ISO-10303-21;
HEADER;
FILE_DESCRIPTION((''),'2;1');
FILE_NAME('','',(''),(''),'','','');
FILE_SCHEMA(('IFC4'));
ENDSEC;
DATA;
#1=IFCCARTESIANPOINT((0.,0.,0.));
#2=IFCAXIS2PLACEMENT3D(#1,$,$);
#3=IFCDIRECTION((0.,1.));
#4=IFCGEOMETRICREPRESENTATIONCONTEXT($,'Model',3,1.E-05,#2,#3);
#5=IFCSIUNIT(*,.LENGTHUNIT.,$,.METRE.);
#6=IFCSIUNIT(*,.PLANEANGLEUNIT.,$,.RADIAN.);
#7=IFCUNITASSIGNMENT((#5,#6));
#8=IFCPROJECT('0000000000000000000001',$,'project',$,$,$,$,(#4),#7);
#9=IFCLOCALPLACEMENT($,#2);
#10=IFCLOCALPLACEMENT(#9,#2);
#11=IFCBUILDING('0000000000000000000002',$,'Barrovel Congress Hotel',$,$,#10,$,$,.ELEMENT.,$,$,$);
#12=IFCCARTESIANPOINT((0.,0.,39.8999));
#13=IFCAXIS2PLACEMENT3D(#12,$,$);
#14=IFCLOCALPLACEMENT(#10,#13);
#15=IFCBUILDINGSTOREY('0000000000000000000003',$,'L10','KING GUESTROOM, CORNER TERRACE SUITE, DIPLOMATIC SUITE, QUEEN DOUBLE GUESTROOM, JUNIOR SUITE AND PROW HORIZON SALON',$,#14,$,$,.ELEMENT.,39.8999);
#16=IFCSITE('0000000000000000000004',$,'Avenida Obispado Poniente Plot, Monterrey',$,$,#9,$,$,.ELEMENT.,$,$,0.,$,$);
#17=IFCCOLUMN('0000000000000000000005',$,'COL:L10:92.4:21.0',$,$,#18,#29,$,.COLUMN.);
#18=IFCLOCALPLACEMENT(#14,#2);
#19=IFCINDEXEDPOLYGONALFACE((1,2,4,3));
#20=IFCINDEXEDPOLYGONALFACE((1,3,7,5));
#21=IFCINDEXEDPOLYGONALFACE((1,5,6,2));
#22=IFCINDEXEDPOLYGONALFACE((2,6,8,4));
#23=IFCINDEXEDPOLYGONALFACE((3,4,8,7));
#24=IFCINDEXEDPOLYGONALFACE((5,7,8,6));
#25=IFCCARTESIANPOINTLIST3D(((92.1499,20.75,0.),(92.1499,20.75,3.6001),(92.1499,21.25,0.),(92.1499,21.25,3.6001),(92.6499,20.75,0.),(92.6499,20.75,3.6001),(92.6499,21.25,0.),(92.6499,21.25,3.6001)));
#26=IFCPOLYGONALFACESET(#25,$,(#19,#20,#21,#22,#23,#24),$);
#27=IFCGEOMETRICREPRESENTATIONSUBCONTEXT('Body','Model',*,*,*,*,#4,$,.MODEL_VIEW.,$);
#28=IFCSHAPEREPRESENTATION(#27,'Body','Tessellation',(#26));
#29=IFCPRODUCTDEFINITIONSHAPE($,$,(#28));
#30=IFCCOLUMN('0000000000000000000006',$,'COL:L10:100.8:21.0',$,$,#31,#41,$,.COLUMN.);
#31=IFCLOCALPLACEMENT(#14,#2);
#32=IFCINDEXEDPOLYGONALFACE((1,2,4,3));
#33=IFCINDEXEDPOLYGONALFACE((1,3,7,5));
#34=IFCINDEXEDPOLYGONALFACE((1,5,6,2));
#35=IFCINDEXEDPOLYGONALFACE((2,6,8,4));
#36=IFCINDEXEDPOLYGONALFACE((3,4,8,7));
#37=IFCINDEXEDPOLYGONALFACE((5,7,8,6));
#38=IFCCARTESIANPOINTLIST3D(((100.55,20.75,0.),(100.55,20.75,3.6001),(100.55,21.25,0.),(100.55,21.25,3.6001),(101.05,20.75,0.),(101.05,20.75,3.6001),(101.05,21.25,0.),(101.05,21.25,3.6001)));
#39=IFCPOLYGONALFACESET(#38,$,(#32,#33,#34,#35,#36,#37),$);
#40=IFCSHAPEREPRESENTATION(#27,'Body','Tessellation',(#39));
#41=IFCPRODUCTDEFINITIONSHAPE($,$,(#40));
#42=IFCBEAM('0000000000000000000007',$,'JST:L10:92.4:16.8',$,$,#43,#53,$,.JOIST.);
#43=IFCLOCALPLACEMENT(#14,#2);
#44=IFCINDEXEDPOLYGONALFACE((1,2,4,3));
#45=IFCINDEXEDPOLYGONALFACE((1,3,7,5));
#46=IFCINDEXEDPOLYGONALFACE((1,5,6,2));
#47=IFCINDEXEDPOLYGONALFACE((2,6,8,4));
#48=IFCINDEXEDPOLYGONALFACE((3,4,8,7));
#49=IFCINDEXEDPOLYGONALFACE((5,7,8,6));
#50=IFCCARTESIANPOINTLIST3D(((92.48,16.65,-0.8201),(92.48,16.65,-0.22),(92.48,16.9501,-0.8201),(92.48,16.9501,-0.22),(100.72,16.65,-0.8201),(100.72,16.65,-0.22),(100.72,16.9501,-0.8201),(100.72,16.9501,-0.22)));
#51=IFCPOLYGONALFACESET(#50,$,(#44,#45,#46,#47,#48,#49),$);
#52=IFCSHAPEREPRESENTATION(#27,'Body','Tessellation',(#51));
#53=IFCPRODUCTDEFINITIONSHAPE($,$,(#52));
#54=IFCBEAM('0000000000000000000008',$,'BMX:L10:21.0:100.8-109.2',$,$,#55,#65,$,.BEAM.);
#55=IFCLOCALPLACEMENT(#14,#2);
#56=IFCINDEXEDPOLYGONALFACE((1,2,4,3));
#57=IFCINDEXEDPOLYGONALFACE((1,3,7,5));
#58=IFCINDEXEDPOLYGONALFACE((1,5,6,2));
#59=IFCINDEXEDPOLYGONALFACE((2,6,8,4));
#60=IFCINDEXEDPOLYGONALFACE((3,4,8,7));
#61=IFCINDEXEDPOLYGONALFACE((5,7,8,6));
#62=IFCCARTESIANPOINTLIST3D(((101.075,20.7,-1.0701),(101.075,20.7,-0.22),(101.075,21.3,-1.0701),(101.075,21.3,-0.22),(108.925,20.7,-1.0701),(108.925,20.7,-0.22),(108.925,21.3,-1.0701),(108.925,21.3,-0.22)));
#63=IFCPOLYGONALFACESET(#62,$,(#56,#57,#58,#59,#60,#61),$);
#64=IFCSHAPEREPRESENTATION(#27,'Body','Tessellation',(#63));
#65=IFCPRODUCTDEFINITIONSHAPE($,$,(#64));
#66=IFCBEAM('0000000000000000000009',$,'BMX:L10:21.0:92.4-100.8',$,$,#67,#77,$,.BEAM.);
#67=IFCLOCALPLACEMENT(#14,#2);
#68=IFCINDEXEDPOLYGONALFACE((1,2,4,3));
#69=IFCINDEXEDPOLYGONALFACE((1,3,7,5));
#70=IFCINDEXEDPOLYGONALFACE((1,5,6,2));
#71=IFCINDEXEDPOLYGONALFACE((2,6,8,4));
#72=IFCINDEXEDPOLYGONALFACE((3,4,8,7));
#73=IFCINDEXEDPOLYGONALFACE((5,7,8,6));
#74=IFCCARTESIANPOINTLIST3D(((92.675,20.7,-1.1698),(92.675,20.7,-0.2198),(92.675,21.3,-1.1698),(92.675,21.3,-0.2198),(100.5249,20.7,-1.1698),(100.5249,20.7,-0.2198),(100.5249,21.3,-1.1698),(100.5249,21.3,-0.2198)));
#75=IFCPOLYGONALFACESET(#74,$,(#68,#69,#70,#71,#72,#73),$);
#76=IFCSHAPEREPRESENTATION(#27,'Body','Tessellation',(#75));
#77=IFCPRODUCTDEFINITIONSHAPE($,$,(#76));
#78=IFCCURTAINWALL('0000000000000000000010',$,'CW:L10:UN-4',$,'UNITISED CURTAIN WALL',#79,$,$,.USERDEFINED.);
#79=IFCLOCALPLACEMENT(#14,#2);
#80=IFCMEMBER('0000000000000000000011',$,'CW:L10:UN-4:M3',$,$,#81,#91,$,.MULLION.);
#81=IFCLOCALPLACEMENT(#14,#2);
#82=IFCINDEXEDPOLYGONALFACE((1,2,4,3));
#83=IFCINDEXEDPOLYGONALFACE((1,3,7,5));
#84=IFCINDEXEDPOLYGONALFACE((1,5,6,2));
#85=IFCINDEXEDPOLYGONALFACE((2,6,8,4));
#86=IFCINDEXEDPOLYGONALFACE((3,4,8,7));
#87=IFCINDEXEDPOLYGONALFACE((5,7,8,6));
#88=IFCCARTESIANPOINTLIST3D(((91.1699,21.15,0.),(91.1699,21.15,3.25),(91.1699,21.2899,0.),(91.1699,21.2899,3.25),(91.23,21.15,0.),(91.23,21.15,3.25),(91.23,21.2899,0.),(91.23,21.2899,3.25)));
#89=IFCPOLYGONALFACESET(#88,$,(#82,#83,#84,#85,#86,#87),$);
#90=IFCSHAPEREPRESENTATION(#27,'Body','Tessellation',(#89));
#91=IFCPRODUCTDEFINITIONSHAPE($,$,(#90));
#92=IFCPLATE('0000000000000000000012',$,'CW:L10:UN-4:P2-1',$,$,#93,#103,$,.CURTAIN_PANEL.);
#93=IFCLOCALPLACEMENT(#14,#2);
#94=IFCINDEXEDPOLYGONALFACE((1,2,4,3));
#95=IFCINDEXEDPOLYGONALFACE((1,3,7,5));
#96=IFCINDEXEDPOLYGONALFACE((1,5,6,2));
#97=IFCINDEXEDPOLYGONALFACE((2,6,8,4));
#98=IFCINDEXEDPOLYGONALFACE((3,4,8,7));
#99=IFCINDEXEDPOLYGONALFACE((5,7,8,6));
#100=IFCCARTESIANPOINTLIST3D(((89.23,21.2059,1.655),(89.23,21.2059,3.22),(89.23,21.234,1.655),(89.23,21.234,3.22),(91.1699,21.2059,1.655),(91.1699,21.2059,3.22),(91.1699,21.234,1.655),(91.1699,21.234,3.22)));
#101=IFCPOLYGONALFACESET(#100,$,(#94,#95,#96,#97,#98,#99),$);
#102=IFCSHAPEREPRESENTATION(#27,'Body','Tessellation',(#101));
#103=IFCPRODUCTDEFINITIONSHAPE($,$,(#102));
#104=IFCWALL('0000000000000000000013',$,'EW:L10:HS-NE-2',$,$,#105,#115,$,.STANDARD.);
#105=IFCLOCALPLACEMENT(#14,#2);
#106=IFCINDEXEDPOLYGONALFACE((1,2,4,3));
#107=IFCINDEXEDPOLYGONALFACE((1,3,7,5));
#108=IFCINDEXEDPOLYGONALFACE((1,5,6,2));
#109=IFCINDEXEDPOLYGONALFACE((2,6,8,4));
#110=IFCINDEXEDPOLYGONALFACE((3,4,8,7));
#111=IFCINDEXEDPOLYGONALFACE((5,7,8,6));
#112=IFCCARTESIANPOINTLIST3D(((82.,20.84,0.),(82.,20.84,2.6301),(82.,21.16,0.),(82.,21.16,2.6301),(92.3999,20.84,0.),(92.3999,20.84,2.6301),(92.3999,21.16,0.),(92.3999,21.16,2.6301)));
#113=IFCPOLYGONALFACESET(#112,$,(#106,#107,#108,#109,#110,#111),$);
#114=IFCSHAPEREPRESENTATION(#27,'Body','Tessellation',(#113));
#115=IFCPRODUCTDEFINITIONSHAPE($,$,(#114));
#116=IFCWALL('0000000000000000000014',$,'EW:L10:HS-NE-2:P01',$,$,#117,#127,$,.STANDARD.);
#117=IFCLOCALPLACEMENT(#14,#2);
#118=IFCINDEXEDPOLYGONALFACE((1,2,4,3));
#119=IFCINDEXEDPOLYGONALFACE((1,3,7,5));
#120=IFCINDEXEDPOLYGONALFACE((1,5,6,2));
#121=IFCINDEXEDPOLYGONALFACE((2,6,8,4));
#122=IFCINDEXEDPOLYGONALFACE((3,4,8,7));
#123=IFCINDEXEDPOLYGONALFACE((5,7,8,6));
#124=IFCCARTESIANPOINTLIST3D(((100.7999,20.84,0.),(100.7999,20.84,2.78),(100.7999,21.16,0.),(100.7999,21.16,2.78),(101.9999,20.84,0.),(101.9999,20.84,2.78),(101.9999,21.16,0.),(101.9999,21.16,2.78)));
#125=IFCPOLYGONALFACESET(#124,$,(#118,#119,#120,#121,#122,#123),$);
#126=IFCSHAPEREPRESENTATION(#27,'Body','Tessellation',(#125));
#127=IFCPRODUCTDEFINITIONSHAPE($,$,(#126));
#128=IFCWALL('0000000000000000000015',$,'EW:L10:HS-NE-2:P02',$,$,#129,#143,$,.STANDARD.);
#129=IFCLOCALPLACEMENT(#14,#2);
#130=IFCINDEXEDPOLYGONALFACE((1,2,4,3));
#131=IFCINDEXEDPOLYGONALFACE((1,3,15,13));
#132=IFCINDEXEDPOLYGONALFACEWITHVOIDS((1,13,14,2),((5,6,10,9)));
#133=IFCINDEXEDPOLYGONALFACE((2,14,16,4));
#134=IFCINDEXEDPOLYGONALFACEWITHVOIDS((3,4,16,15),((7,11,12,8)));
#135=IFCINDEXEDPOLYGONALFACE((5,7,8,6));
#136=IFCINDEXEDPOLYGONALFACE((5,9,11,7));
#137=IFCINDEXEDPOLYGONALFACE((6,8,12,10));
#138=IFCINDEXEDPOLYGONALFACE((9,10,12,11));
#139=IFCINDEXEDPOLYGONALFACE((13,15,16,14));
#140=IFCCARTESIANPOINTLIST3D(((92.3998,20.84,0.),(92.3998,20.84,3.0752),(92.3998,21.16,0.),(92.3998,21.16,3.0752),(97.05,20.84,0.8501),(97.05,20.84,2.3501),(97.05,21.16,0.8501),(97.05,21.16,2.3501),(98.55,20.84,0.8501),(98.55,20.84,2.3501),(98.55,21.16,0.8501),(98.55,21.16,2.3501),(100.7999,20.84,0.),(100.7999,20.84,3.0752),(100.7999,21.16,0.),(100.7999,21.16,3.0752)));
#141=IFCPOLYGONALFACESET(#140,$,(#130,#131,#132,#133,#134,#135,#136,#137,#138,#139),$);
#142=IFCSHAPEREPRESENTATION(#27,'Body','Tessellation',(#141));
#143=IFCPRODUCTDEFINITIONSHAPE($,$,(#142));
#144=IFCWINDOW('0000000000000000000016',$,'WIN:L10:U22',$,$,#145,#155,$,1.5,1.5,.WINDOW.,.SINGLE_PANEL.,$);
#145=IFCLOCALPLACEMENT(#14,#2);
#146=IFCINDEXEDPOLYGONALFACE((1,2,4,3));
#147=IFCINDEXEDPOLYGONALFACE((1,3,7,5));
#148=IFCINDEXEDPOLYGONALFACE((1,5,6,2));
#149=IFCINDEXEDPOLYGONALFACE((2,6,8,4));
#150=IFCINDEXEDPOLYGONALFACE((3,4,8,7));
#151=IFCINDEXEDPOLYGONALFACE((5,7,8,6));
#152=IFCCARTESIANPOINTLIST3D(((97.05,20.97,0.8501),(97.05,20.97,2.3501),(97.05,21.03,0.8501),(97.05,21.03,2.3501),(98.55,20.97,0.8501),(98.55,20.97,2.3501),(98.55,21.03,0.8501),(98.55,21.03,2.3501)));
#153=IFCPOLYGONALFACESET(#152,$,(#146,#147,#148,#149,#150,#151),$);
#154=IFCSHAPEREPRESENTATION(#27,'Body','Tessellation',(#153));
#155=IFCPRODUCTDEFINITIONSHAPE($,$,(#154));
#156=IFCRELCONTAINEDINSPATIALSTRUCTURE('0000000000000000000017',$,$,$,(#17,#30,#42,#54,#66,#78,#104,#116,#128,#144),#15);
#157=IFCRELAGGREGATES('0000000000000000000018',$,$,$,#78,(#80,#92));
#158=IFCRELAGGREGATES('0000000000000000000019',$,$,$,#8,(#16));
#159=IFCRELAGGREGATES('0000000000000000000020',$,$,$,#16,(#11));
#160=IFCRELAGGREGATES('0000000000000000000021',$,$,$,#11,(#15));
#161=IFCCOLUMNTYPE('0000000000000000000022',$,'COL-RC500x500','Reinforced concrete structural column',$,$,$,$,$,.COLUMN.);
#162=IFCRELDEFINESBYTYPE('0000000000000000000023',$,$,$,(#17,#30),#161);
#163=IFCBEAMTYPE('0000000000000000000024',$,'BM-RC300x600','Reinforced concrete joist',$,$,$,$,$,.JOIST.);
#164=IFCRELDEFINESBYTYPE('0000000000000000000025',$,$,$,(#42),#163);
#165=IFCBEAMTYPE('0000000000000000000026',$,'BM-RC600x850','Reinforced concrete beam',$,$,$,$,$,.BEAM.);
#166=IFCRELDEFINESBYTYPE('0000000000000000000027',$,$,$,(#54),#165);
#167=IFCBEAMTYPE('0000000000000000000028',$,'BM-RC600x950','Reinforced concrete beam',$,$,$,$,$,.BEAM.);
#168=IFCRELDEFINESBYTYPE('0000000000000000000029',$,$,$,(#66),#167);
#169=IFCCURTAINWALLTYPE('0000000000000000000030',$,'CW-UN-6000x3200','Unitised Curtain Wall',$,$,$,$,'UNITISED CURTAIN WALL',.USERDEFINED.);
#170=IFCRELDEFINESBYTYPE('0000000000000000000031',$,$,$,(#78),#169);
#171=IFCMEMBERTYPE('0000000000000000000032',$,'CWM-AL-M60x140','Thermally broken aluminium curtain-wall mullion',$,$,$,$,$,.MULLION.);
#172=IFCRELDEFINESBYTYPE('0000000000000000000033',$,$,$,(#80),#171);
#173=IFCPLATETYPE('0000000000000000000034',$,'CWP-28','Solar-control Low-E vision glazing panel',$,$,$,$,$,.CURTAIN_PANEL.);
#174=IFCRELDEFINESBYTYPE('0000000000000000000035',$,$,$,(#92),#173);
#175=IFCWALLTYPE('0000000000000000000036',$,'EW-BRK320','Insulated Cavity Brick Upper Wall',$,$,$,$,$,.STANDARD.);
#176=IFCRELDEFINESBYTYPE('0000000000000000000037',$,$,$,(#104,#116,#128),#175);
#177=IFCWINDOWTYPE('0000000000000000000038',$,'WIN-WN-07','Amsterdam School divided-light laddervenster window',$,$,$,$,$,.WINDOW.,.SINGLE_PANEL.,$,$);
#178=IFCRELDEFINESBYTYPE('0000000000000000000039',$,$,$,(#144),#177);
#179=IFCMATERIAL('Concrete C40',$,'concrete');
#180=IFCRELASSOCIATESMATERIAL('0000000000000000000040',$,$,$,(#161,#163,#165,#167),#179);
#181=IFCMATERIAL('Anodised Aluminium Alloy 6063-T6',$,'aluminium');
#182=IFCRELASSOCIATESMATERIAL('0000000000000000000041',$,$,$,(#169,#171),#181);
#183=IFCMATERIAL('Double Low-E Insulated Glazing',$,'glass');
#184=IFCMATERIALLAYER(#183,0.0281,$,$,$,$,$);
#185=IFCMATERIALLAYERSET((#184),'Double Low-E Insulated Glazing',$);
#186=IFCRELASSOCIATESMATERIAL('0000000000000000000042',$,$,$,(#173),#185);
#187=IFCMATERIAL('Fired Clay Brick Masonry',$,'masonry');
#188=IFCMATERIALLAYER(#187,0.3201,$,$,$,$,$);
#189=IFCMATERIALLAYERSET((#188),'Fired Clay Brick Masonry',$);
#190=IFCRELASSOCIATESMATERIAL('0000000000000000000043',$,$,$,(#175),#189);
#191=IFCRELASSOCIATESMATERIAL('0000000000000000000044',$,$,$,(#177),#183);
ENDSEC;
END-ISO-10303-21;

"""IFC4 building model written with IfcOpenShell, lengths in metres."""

from ifc_helpers import new_model, si_unit, direction, frame, frame_2d, origin, origin_2d, place, context, subcontext, project, spatial, rectangle, extrude, material, layer, layer_set, material_profile, profile_set, type_object, element, fill, aggregate, save


model = new_model("IFC4")

# Units and contexts
model_context = context("Model", 3, precision=1e-05, world=origin(), true_north=direction((0.0, 1.0)))
body_context = subcontext(model_context, "Body", "Model", "MODEL_VIEW")
ifc_project = project(units=[si_unit("LENGTHUNIT", "METRE"), si_unit("PLANEANGLEUNIT", "RADIAN")], contexts=[model_context])

# Site, building, storey
site_placement = place(None, origin())
site = spatial("IfcSite", under=ifc_project, at=site_placement, Name="Avenida Obispado Poniente Plot, Monterrey", CompositionType="ELEMENT", RefElevation=0.0)
building_placement = place(site_placement, origin())
building = spatial("IfcBuilding", under=site, at=building_placement, Name="Barrovel Congress Hotel", CompositionType="ELEMENT")
storey_placement = place(building_placement, frame((0.0, 0.0, 39.8999)))
storey = spatial("IfcBuildingStorey", under=building, at=storey_placement, Name="L10", Description="KING GUESTROOM, CORNER TERRACE SUITE, DIPLOMATIC SUITE, QUEEN DOUBLE GUESTROOM, JUNIOR SUITE AND PROW HORIZON SALON", CompositionType="ELEMENT", Elevation=39.8999)

# Columns
ifc_material_1 = material(Name="Concrete C40", Category="concrete")
ifc_material_profile_1 = material_profile(ifc_material_1, rectangle(XDim=0.5, YDim=0.5, at=origin_2d()), Name="RC500x500")
ifc_profile_set_1 = profile_set([ifc_material_profile_1], Name="Concrete C40")
column_type = type_object("IfcColumnType", Name="COL-RC500x500", Description="Reinforced concrete structural column", PredefinedType="COLUMN", material=ifc_profile_set_1)
for number, where, z_axis, x_axis, name in (
    (1, (92.3999, 21.0, 0.0), (0.0, 0.0, 1.0), (1.0, 0.0, 0.0), "COL:L10:92.4:21.0"),
    (2, (100.8, 21.0, 0.0), (0.0, 0.0, 1.0), (1.0, 0.0, 0.0), "COL:L10:100.8:21.0"),
):
    element("IfcColumn", number, at=place(storey_placement, frame(where, z_axis=z_axis, x_axis=x_axis)), inside=storey, type_object=column_type, Name=name, PredefinedType="COLUMN", context=body_context, shape_type="SweptSolid", body=[
        extrude(rectangle(XDim=0.5, YDim=0.5, at=origin_2d()), origin(), (0.0, 0.0, 1.0), 3.6001),
    ])

# Beams
ifc_material_profile_2 = material_profile(ifc_material_1, rectangle(XDim=0.3, YDim=0.6001, at=origin_2d()), Name="RC300x600")
ifc_profile_set_2 = profile_set([ifc_material_profile_2], Name="Concrete C40")
beam_type_1 = type_object("IfcBeamType", Name="BM-RC300x600", Description="Reinforced concrete joist", PredefinedType="JOIST", material=ifc_profile_set_2)
beam_1_placement = place(storey_placement, frame((92.48, 16.8, -0.52), z_axis=(1.0, 0.0, 0.0), x_axis=(0.0, 1.0, 0.0)))
element("IfcBeam", 3, at=beam_1_placement, inside=storey, type_object=beam_type_1, Name="JST:L10:92.4:16.8", PredefinedType="JOIST", context=body_context, shape_type="SweptSolid", body=[
    extrude(rectangle(XDim=0.3, YDim=0.6001, at=origin_2d()), origin(), (0.0, 0.0, 1.0), 8.24),
])
ifc_material_profile_3 = material_profile(ifc_material_1, rectangle(XDim=0.6001, YDim=0.8501, at=origin_2d()), Name="RC600x850")
ifc_profile_set_3 = profile_set([ifc_material_profile_3], Name="Concrete C40")
beam_type_2 = type_object("IfcBeamType", Name="BM-RC600x850", Description="Reinforced concrete beam", PredefinedType="BEAM", material=ifc_profile_set_3)
beam_2_placement = place(storey_placement, frame((101.075, 21.0, -0.645), z_axis=(1.0, 0.0, 0.0), x_axis=(0.0, 1.0, 0.0)))
element("IfcBeam", 4, at=beam_2_placement, inside=storey, type_object=beam_type_2, Name="BMX:L10:21.0:100.8-109.2", PredefinedType="BEAM", context=body_context, shape_type="SweptSolid", body=[
    extrude(rectangle(XDim=0.6001, YDim=0.8501, at=origin_2d()), origin(), (0.0, 0.0, 1.0), 7.8501),
])
ifc_material_profile_4 = material_profile(ifc_material_1, rectangle(XDim=0.6001, YDim=0.95, at=origin_2d()), Name="RC600x950")
ifc_profile_set_4 = profile_set([ifc_material_profile_4], Name="Concrete C40")
beam_type_3 = type_object("IfcBeamType", Name="BM-RC600x950", Description="Reinforced concrete beam", PredefinedType="BEAM", material=ifc_profile_set_4)
beam_3_placement = place(storey_placement, frame((92.675, 21.0, -0.6948), z_axis=(1.0, 0.0, 0.0), x_axis=(0.0, 1.0, 0.0)))
element("IfcBeam", 5, at=beam_3_placement, inside=storey, type_object=beam_type_3, Name="BMX:L10:21.0:92.4-100.8", PredefinedType="BEAM", context=body_context, shape_type="SweptSolid", body=[
    extrude(rectangle(XDim=0.6001, YDim=0.95, at=origin_2d()), origin(), (0.0, 0.0, 1.0), 7.8499),
])

# Curtain wall, member, plate
ifc_material_2 = material(Name="Anodised Aluminium Alloy 6063-T6", Category="aluminium")
curtain_wall_type = type_object("IfcCurtainWallType", Name="CW-UN-6000x3200", Description="Unitised Curtain Wall", ElementType="UNITISED CURTAIN WALL", PredefinedType="USERDEFINED", material=ifc_material_2)
curtain_wall_placement = place(storey_placement, origin())
curtain_wall = element("IfcCurtainWall", 6, at=curtain_wall_placement, inside=storey, type_object=curtain_wall_type, Name="CW:L10:UN-4", ObjectType="UNITISED CURTAIN WALL", PredefinedType="USERDEFINED")
ifc_material_profile_5 = material_profile(ifc_material_2, rectangle(XDim=0.0601, YDim=0.1399, at=origin_2d()), Name="AL-M60x140")
ifc_profile_set_5 = profile_set([ifc_material_profile_5], Name="Anodised Aluminium Alloy 6063-T6")
member_type = type_object("IfcMemberType", Name="CWM-AL-M60x140", Description="Thermally broken aluminium curtain-wall mullion", PredefinedType="MULLION", material=ifc_profile_set_5)
member_placement = place(storey_placement, frame((91.2, 21.22, 0.0), z_axis=(0.0, 0.0, 1.0), x_axis=(1.0, 0.0, 0.0)))
member = element("IfcMember", 7, at=member_placement, type_object=member_type, Name="CW:L10:UN-4:M3", PredefinedType="MULLION", context=body_context, shape_type="SweptSolid", body=[
    extrude(rectangle(XDim=0.0601, YDim=0.1399, at=origin_2d()), origin(), (0.0, 0.0, 1.0), 3.25),
])
ifc_material_3 = material(Name="Double Low-E Insulated Glazing", Category="glass")
ifc_layer_1 = layer(ifc_material_3, 0.0281)
ifc_layer_set_1 = layer_set([ifc_layer_1], Name="Double Low-E Insulated Glazing")
plate_type = type_object("IfcPlateType", Name="CWP-28", Description="Solar-control Low-E vision glazing panel", PredefinedType="CURTAIN_PANEL", material=ifc_layer_set_1)
plate_placement = place(storey_placement, frame((90.2, 21.22, 1.655), z_axis=(0.0, 0.0, 1.0), x_axis=(1.0, 0.0, 0.0)))
plate = element("IfcPlate", 8, at=plate_placement, type_object=plate_type, Name="CW:L10:UN-4:P2-1", PredefinedType="CURTAIN_PANEL", context=body_context, shape_type="SweptSolid", body=[
    extrude(rectangle(XDim=1.9399, YDim=0.0281, at=origin_2d()), origin(), (0.0, 0.0, 1.0), 1.5649),
])
aggregate(curtain_wall, [member, plate])

# Walls
ifc_material_4 = material(Name="Fired Clay Brick Masonry", Category="masonry")
ifc_layer_2 = layer(ifc_material_4, 0.3201)
ifc_layer_set_2 = layer_set([ifc_layer_2], Name="Fired Clay Brick Masonry")
wall_type_1 = type_object("IfcWallType", Name="EW-BRK320", Description="Insulated Cavity Brick Upper Wall", PredefinedType="STANDARD", material=ifc_layer_set_2)
wall_1_placement = place(storey_placement, frame((92.3999, 21.0, 0.0), z_axis=(0.0, 0.0, 1.0), x_axis=(-1.0, 0.0, 0.0)))
element("IfcWall", 9, at=wall_1_placement, inside=storey, type_object=wall_type_1, Name="EW:L10:HS-NE-2", PredefinedType="STANDARD", context=body_context, shape_type="SweptSolid", body=[
    extrude(rectangle(XDim=10.3999, YDim=0.3201, at=frame_2d((5.2, 0.0))), origin(), (0.0, 0.0, 1.0), 2.6301),
])
wall_2_placement = place(storey_placement, frame((102.0, 21.0, 0.0), z_axis=(0.0, 0.0, 1.0), x_axis=(-1.0, 0.0, 0.0)))
element("IfcWall", 10, at=wall_2_placement, inside=storey, type_object=wall_type_1, Name="EW:L10:HS-NE-2:P01", PredefinedType="STANDARD", context=body_context, shape_type="SweptSolid", body=[
    extrude(rectangle(XDim=1.2, YDim=0.3201, at=frame_2d((0.6001, 0.0))), origin(), (0.0, 0.0, 1.0), 2.78),
])

# Wall, opening, window
wall_3_placement = place(storey_placement, frame((100.8, 21.0, 0.0), z_axis=(0.0, 0.0, 1.0), x_axis=(-1.0, 0.0, 0.0)))
wall_3 = element("IfcWall", 11, at=wall_3_placement, inside=storey, type_object=wall_type_1, Name="EW:L10:HS-NE-2:P02", PredefinedType="STANDARD", context=body_context, shape_type="SweptSolid", body=[
    extrude(rectangle(XDim=8.4001, YDim=0.3201, at=frame_2d((4.2002, 0.0))), origin(), (0.0, 0.0, 1.0), 3.0752),
])
opening_1_placement = place(wall_3_placement, frame((2.25, 0.0, 0.8501)))
opening_1 = element("IfcOpeningElement", 12, at=opening_1_placement, cuts=wall_3, PredefinedType="OPENING", context=body_context, shape_type="SweptSolid", body=[
    extrude(rectangle(XDim=1.5, YDim=1.5, at=frame_2d((0.75, 0.75))), frame((0.0, 0.1699, 0.0), z_axis=(0.0, -1.0, 0.0), x_axis=(1.0, 0.0, 0.0)), (0.0, 0.0, 1.0), 0.3401),
])
window_type = type_object("IfcWindowType", Name="WIN-WN-07", Description="Amsterdam School divided-light laddervenster window", PartitioningType="SINGLE_PANEL", PredefinedType="WINDOW", material=ifc_material_3)
window_placement = place(opening_1_placement, origin())
window = element("IfcWindow", 13, at=window_placement, inside=storey, type_object=window_type, Name="WIN:L10:U22", OverallHeight=1.5, OverallWidth=1.5, PartitioningType="SINGLE_PANEL", PredefinedType="WINDOW", context=body_context, shape_type="SweptSolid", body=[
    extrude(rectangle(XDim=1.5, YDim=1.5, at=frame_2d((0.75, 0.75))), frame((0.0, 0.03, 0.0), z_axis=(0.0, -1.0, 0.0), x_axis=(1.0, 0.0, 0.0)), (0.0, 0.0, 1.0), 0.0601),
])
fill(opening_1, window)

save(model, "model.ifc")
